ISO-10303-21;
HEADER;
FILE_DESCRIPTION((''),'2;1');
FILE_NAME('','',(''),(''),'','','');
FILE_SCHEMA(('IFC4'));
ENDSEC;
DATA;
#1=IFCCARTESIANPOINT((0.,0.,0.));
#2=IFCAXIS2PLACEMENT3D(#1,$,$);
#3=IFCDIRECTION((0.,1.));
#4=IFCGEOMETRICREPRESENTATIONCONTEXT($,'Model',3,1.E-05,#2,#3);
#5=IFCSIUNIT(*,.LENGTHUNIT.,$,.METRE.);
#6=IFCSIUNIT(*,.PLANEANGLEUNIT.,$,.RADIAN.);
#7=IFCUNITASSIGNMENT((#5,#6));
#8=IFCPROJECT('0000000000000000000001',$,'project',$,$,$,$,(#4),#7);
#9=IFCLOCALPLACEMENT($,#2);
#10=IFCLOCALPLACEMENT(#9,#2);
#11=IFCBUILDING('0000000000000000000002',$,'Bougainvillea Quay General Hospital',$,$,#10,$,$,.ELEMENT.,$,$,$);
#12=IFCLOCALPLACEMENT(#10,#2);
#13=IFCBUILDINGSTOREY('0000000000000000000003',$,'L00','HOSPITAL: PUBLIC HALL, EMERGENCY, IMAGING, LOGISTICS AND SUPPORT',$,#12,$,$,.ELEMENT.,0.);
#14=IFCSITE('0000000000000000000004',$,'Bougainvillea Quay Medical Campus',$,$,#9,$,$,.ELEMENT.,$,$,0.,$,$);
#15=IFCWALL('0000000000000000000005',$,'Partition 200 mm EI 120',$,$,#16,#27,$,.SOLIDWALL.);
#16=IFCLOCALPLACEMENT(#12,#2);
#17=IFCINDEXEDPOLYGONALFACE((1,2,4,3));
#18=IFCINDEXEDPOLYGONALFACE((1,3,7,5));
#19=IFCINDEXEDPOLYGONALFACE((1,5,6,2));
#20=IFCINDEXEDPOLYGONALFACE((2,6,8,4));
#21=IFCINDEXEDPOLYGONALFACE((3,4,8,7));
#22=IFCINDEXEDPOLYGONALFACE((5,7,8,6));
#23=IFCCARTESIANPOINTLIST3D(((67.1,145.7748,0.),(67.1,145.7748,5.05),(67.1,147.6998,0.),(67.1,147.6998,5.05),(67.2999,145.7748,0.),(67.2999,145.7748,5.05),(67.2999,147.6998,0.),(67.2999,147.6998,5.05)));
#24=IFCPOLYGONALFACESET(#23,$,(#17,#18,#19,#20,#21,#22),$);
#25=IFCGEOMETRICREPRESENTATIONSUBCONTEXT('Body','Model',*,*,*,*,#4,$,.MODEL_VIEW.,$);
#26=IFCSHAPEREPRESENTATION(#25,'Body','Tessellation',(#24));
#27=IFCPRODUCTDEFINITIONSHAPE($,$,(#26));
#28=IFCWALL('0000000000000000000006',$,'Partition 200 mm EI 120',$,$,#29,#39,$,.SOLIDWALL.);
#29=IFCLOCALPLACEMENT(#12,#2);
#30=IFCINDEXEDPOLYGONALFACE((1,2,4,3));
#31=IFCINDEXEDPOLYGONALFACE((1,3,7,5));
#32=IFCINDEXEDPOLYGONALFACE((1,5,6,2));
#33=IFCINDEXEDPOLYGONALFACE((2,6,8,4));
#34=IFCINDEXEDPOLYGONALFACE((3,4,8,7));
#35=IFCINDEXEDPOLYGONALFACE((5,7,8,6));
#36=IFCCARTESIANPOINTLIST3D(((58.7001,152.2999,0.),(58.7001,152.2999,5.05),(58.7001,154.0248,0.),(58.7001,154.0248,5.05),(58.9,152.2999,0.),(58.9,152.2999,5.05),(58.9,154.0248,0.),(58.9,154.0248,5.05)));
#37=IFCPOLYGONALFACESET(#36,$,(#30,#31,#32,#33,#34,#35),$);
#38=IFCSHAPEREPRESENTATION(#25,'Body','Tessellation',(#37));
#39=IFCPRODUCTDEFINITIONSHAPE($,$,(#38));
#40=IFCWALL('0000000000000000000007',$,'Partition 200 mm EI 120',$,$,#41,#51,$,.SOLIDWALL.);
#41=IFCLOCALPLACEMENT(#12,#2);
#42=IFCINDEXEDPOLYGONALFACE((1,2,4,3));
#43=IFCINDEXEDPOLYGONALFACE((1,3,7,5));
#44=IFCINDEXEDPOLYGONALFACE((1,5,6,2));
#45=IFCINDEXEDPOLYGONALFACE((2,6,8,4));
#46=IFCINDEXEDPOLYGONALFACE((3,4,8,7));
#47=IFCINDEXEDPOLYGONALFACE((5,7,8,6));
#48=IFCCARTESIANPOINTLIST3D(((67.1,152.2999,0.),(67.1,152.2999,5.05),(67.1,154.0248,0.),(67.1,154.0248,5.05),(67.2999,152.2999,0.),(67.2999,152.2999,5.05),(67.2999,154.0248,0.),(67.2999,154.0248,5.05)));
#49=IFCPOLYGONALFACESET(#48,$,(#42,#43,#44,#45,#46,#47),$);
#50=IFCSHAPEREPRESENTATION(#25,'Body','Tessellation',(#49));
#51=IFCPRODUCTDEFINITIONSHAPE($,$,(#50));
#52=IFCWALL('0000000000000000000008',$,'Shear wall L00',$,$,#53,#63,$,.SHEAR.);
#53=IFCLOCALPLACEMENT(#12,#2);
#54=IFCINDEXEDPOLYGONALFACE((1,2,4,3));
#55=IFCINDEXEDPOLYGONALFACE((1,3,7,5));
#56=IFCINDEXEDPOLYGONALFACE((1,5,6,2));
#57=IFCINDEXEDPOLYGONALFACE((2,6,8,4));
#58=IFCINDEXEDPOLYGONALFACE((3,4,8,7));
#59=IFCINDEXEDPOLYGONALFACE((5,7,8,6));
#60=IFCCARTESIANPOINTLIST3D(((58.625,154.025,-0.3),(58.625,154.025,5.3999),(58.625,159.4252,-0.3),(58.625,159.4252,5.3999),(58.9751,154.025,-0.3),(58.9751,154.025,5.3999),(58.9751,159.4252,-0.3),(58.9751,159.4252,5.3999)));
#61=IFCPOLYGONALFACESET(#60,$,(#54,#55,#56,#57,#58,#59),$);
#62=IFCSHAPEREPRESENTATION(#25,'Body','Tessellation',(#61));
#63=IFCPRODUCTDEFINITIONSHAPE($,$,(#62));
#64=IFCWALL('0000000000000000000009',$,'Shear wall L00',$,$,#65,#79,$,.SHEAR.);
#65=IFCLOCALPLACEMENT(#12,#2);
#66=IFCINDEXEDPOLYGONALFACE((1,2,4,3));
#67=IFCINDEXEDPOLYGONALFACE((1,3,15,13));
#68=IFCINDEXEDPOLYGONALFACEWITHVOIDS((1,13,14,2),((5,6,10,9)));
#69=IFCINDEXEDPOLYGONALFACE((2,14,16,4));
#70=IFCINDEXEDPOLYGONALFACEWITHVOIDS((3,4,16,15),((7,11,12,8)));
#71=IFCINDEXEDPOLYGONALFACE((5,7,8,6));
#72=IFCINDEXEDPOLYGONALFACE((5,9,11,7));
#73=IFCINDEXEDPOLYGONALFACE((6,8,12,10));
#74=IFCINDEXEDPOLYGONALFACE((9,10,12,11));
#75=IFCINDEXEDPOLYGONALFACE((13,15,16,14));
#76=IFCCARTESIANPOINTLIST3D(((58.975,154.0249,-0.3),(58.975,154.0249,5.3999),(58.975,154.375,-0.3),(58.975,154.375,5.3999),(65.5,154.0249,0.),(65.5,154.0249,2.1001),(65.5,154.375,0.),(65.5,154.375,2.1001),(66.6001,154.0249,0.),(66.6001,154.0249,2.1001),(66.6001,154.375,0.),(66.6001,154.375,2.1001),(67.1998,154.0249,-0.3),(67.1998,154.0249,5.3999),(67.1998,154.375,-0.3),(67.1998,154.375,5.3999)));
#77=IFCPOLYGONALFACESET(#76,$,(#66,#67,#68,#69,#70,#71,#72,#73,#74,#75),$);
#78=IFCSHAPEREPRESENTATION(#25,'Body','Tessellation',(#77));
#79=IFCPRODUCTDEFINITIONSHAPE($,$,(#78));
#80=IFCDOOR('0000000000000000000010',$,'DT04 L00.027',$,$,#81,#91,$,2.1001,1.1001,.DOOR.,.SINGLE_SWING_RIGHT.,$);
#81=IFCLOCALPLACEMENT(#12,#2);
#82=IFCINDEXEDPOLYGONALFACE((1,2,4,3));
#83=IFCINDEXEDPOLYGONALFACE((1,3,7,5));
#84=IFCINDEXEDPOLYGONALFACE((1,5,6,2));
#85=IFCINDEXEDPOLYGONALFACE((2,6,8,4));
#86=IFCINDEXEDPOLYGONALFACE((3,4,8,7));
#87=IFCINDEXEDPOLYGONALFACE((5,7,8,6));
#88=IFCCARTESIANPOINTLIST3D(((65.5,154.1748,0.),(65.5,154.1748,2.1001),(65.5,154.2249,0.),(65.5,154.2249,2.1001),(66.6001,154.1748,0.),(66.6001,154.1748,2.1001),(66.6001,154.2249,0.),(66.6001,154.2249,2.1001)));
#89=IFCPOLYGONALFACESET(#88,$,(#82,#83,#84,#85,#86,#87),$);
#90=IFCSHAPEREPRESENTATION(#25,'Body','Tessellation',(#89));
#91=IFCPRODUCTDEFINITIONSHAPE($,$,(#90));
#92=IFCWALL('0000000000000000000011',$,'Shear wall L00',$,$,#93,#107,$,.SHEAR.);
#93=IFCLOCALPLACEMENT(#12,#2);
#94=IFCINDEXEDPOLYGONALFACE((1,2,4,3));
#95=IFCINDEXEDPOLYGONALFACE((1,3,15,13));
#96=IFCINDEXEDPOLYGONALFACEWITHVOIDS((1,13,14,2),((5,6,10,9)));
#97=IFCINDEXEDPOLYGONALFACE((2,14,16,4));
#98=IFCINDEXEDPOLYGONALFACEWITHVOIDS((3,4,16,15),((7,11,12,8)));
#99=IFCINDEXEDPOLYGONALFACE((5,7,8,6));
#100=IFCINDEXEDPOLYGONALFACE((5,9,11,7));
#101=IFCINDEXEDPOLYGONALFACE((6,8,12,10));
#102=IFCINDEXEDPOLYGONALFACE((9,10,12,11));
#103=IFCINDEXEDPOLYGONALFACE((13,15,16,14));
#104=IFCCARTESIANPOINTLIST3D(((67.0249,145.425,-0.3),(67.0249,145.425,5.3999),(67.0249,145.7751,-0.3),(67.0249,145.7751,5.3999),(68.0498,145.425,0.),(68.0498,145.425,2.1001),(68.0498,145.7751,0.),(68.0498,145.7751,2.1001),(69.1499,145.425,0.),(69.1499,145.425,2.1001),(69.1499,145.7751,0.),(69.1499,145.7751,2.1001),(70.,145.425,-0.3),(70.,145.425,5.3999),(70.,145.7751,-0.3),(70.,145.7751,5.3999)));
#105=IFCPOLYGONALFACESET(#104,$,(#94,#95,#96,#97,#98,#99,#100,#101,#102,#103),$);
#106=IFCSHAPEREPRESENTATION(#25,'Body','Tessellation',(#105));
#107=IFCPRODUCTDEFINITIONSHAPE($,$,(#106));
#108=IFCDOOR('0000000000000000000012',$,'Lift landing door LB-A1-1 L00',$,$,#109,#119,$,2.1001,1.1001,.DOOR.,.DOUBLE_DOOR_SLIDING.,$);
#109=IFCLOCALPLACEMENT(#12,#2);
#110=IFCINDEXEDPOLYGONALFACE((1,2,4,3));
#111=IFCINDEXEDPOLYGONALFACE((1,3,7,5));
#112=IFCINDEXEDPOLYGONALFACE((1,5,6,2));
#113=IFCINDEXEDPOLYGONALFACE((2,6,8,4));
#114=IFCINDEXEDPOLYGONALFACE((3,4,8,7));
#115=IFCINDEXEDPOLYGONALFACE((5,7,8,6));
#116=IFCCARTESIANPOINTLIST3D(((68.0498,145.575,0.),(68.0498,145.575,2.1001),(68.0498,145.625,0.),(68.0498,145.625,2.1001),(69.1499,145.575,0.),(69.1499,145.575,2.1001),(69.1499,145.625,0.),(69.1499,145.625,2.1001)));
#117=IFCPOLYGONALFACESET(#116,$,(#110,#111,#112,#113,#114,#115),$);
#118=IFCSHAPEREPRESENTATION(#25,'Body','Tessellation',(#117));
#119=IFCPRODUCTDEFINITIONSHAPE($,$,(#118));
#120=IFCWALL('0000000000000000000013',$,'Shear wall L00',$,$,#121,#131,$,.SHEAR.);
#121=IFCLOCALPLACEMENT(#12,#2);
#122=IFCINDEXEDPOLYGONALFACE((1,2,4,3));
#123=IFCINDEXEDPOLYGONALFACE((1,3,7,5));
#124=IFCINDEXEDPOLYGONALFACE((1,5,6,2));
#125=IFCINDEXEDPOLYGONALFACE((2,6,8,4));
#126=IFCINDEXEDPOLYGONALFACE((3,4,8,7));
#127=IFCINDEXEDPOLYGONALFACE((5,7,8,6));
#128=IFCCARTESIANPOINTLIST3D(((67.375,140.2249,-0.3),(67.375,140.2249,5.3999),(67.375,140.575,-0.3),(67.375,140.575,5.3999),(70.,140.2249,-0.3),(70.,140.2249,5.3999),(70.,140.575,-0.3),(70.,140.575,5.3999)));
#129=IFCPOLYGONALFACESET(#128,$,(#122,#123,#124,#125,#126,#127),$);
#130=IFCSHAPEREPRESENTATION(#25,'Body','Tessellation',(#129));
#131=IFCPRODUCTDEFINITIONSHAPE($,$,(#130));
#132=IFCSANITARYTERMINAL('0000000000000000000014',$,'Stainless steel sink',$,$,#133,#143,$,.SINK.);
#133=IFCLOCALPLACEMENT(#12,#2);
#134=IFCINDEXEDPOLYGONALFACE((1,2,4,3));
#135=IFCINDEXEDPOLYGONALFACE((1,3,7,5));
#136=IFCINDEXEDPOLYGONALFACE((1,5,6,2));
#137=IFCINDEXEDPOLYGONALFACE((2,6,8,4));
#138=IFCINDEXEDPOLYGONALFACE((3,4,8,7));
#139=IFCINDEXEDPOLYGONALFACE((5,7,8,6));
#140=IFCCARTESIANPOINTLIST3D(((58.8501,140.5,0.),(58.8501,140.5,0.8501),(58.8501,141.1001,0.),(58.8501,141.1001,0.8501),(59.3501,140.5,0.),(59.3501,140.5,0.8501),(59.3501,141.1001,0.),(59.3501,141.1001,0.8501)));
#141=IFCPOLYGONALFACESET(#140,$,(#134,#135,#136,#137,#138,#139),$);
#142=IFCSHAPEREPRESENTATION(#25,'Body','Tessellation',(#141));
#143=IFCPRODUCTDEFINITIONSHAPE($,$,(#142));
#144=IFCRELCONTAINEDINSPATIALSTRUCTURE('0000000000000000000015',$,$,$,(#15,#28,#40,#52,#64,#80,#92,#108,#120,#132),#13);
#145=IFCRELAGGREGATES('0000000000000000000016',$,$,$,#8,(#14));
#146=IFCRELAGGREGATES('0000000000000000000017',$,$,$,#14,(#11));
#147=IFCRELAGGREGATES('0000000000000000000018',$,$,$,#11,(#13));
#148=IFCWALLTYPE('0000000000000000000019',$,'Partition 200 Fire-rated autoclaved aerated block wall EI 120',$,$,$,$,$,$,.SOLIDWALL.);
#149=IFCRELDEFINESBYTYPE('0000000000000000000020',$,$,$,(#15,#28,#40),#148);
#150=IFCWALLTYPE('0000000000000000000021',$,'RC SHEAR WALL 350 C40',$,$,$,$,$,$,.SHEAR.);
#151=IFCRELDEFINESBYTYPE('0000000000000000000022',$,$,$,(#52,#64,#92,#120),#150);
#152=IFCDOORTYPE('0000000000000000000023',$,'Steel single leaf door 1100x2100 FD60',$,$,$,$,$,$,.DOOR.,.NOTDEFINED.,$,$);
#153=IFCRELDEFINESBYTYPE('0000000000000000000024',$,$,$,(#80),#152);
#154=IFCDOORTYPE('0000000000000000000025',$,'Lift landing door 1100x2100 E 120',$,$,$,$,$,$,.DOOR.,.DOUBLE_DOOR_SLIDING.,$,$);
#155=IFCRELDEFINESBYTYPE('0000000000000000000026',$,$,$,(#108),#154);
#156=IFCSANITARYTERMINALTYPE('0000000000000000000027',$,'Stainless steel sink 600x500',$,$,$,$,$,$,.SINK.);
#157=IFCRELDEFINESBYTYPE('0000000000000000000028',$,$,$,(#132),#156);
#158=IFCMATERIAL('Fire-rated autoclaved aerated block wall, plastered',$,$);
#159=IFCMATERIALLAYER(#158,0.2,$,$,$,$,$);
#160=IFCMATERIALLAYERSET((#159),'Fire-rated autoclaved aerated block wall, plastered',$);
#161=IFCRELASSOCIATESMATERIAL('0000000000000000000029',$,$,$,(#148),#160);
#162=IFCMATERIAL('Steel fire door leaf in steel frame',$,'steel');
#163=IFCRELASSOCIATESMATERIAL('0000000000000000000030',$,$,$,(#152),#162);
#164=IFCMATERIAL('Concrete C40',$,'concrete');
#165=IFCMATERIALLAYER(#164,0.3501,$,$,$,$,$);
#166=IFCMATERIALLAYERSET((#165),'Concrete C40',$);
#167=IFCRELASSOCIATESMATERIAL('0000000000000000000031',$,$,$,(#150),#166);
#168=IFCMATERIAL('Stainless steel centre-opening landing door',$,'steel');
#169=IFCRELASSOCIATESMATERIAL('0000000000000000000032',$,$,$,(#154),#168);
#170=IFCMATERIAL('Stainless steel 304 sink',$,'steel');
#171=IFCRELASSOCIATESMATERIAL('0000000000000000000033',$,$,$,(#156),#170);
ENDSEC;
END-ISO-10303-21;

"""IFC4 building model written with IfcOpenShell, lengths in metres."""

from ifc_helpers import new_model, si_unit, direction, frame, frame_2d, origin, origin_2d, place, context, subcontext, project, spatial, rectangle, extrude, material, layer, layer_set, type_object, element, fill, save


model = new_model("IFC4")

# Units and contexts
model_context = context("Model", 3, precision=1e-05, world=origin(), true_north=direction((0.0, 1.0)))
body_context = subcontext(model_context, "Body", "Model", "MODEL_VIEW")
ifc_project = project(units=[si_unit("LENGTHUNIT", "METRE"), si_unit("PLANEANGLEUNIT", "RADIAN")], contexts=[model_context])

# Site, building, storey
site_placement = place(None, origin())
site = spatial("IfcSite", under=ifc_project, at=site_placement, Name="Bougainvillea Quay Medical Campus", CompositionType="ELEMENT", RefElevation=0.0)
building_placement = place(site_placement, origin())
building = spatial("IfcBuilding", under=site, at=building_placement, Name="Bougainvillea Quay General Hospital", CompositionType="ELEMENT")
storey_placement = place(building_placement, origin())
storey = spatial("IfcBuildingStorey", under=building, at=storey_placement, Name="L00", Description="HOSPITAL: PUBLIC HALL, EMERGENCY, IMAGING, LOGISTICS AND SUPPORT", CompositionType="ELEMENT", Elevation=0.0)

# Shared definitions
ifc_material_1 = material(Name="Concrete C40", Category="concrete")

# Shared definitions
ifc_material_2 = material(Name="Fire-rated autoclaved aerated block wall, plastered")
ifc_layer_1 = layer(ifc_material_2, 0.2)
ifc_layer_set_1 = layer_set([ifc_layer_1], Name="Fire-rated autoclaved aerated block wall, plastered")
wall_type_1 = type_object("IfcWallType", Name="Partition 200 Fire-rated autoclaved aerated block wall EI 120", PredefinedType="SOLIDWALL", material=ifc_layer_set_1)
ifc_material_3 = material(Name="Steel fire door leaf in steel frame", Category="steel")
door_type_1 = type_object("IfcDoorType", Name="Steel single leaf door 1100x2100 FD60", OperationType="NOTDEFINED", PredefinedType="DOOR", material=ifc_material_3)

# Walls
wall_1_placement = place(storey_placement, frame((67.2, 145.7749, 0.0), z_axis=(0.0, 0.0, 1.0), x_axis=(0.0, 1.0, 0.0)))
element("IfcWall", 1, at=wall_1_placement, inside=storey, type_object=wall_type_1, Name="Partition 200 mm EI 120", PredefinedType="SOLIDWALL", context=body_context, shape_type="SweptSolid", body=[
    extrude(rectangle(XDim=1.925, YDim=0.2, at=frame_2d((0.9624, 0.0))), origin(), (0.0, 0.0, 1.0), 5.05),
])
for number, where, z_axis, x_axis, name in (
    (2, (58.8, 152.3, 0.0), (0.0, 0.0, 1.0), (0.0, 1.0, 0.0), "Partition 200 mm EI 120"),
    (3, (67.2, 152.3, 0.0), (0.0, 0.0, 1.0), (0.0, 1.0, 0.0), "Partition 200 mm EI 120"),
):
    element("IfcWall", number, at=place(storey_placement, frame(where, z_axis=z_axis, x_axis=x_axis)), inside=storey, type_object=wall_type_1, Name=name, PredefinedType="SOLIDWALL", context=body_context, shape_type="SweptSolid", body=[
        extrude(rectangle(XDim=1.7249, YDim=0.2, at=frame_2d((0.8623, 0.0))), origin(), (0.0, 0.0, 1.0), 5.05),
    ])
ifc_layer_2 = layer(ifc_material_1, 0.3501)
ifc_layer_set_2 = layer_set([ifc_layer_2], Name="Concrete C40")
wall_type_2 = type_object("IfcWallType", Name="RC SHEAR WALL 350 C40", PredefinedType="SHEAR", material=ifc_layer_set_2)
wall_2_placement = place(storey_placement, frame((58.8, 154.0249, -0.3), z_axis=(0.0, 0.0, 1.0), x_axis=(0.0, 1.0, 0.0)))
element("IfcWall", 4, at=wall_2_placement, inside=storey, type_object=wall_type_2, Name="Shear wall L00", PredefinedType="SHEAR", context=body_context, shape_type="SweptSolid", body=[
    extrude(rectangle(XDim=5.4001, YDim=0.3501, at=frame_2d((2.7002, 0.0))), origin(), (0.0, 0.0, 1.0), 5.7),
])

# Walls, openings, doors
wall_3_placement = place(storey_placement, frame((58.9751, 154.2, -0.3), z_axis=(0.0, 0.0, 1.0), x_axis=(1.0, 0.0, 0.0)))
wall_3 = element("IfcWall", 5, at=wall_3_placement, inside=storey, type_object=wall_type_2, Name="Shear wall L00", PredefinedType="SHEAR", context=body_context, shape_type="SweptSolid", body=[
    extrude(rectangle(XDim=8.2249, YDim=0.3501, at=frame_2d((4.1123, 0.0))), origin(), (0.0, 0.0, 1.0), 5.7),
])
opening_1_placement = place(wall_3_placement, frame((6.5249, 0.0, 0.3)))
opening_1 = element("IfcOpeningElement", 6, at=opening_1_placement, cuts=wall_3, PredefinedType="OPENING", context=body_context, shape_type="SweptSolid", body=[
    extrude(rectangle(XDim=1.1001, YDim=2.1001, at=frame_2d((0.55, 1.05))), frame((0.0, 0.1851, 0.0), z_axis=(0.0, -1.0, 0.0), x_axis=(1.0, 0.0, 0.0)), (0.0, 0.0, 1.0), 0.3701),
])
door_1_placement = place(opening_1_placement, origin())
door_1 = element("IfcDoor", 7, at=door_1_placement, inside=storey, type_object=door_type_1, Name="DT04 L00.027", OperationType="SINGLE_SWING_RIGHT", OverallHeight=2.1001, OverallWidth=1.1001, PredefinedType="DOOR", context=body_context, shape_type="SweptSolid", body=[
    extrude(rectangle(XDim=1.1001, YDim=2.1001, at=frame_2d((0.55, 1.05))), frame((0.0, 0.0249, 0.0), z_axis=(0.0, -1.0, 0.0), x_axis=(1.0, 0.0, 0.0)), (0.0, 0.0, 1.0), 0.05),
])
fill(opening_1, door_1)
wall_4_placement = place(storey_placement, frame((67.0249, 145.6001, -0.3), z_axis=(0.0, 0.0, 1.0), x_axis=(1.0, 0.0, 0.0)))
wall_4 = element("IfcWall", 8, at=wall_4_placement, inside=storey, type_object=wall_type_2, Name="Shear wall L00", PredefinedType="SHEAR", context=body_context, shape_type="SweptSolid", body=[
    extrude(rectangle(XDim=2.9751, YDim=0.3501, at=frame_2d((1.4875, 0.0))), origin(), (0.0, 0.0, 1.0), 5.7),
])
opening_2_placement = place(wall_4_placement, frame((1.0249, 0.0, 0.3)))
opening_2 = element("IfcOpeningElement", 9, at=opening_2_placement, cuts=wall_4, PredefinedType="OPENING", context=body_context, shape_type="SweptSolid", body=[
    extrude(rectangle(XDim=1.1001, YDim=2.1001, at=frame_2d((0.55, 1.05))), frame((0.0, 0.1851, 0.0), z_axis=(0.0, -1.0, 0.0), x_axis=(1.0, 0.0, 0.0)), (0.0, 0.0, 1.0), 0.3701),
])
ifc_material_4 = material(Name="Stainless steel centre-opening landing door", Category="steel")
door_type_2 = type_object("IfcDoorType", Name="Lift landing door 1100x2100 E 120", OperationType="DOUBLE_DOOR_SLIDING", PredefinedType="DOOR", material=ifc_material_4)
door_2_placement = place(opening_2_placement, origin())
door_2 = element("IfcDoor", 10, at=door_2_placement, inside=storey, type_object=door_type_2, Name="Lift landing door LB-A1-1 L00", OperationType="DOUBLE_DOOR_SLIDING", OverallHeight=2.1001, OverallWidth=1.1001, PredefinedType="DOOR", context=body_context, shape_type="SweptSolid", body=[
    extrude(rectangle(XDim=1.1001, YDim=2.1001, at=frame_2d((0.55, 1.05))), frame((0.0, 0.0249, 0.0), z_axis=(0.0, -1.0, 0.0), x_axis=(1.0, 0.0, 0.0)), (0.0, 0.0, 1.0), 0.05),
])
fill(opening_2, door_2)

# Wall
wall_5_placement = place(storey_placement, frame((67.375, 140.3999, -0.3), z_axis=(0.0, 0.0, 1.0), x_axis=(1.0, 0.0, 0.0)))
element("IfcWall", 11, at=wall_5_placement, inside=storey, type_object=wall_type_2, Name="Shear wall L00", PredefinedType="SHEAR", context=body_context, shape_type="SweptSolid", body=[
    extrude(rectangle(XDim=2.625, YDim=0.3501, at=frame_2d((1.3125, 0.0))), origin(), (0.0, 0.0, 1.0), 5.7),
])

# Sanitary terminal
ifc_material_5 = material(Name="Stainless steel 304 sink", Category="steel")
sanitary_terminal_type = type_object("IfcSanitaryTerminalType", Name="Stainless steel sink 600x500", PredefinedType="SINK", material=ifc_material_5)
sanitary_terminal_placement = place(storey_placement, frame((59.1001, 140.8, 0.0), z_axis=(0.0, 0.0, 1.0), x_axis=(0.0, 1.0, 0.0)))
element("IfcSanitaryTerminal", 12, at=sanitary_terminal_placement, inside=storey, type_object=sanitary_terminal_type, Name="Stainless steel sink", PredefinedType="SINK", context=body_context, shape_type="SweptSolid", body=[
    extrude(rectangle(XDim=0.6001, YDim=0.5, at=origin_2d()), origin(), (0.0, 0.0, 1.0), 0.8501),
])

save(model, "model.ifc")
